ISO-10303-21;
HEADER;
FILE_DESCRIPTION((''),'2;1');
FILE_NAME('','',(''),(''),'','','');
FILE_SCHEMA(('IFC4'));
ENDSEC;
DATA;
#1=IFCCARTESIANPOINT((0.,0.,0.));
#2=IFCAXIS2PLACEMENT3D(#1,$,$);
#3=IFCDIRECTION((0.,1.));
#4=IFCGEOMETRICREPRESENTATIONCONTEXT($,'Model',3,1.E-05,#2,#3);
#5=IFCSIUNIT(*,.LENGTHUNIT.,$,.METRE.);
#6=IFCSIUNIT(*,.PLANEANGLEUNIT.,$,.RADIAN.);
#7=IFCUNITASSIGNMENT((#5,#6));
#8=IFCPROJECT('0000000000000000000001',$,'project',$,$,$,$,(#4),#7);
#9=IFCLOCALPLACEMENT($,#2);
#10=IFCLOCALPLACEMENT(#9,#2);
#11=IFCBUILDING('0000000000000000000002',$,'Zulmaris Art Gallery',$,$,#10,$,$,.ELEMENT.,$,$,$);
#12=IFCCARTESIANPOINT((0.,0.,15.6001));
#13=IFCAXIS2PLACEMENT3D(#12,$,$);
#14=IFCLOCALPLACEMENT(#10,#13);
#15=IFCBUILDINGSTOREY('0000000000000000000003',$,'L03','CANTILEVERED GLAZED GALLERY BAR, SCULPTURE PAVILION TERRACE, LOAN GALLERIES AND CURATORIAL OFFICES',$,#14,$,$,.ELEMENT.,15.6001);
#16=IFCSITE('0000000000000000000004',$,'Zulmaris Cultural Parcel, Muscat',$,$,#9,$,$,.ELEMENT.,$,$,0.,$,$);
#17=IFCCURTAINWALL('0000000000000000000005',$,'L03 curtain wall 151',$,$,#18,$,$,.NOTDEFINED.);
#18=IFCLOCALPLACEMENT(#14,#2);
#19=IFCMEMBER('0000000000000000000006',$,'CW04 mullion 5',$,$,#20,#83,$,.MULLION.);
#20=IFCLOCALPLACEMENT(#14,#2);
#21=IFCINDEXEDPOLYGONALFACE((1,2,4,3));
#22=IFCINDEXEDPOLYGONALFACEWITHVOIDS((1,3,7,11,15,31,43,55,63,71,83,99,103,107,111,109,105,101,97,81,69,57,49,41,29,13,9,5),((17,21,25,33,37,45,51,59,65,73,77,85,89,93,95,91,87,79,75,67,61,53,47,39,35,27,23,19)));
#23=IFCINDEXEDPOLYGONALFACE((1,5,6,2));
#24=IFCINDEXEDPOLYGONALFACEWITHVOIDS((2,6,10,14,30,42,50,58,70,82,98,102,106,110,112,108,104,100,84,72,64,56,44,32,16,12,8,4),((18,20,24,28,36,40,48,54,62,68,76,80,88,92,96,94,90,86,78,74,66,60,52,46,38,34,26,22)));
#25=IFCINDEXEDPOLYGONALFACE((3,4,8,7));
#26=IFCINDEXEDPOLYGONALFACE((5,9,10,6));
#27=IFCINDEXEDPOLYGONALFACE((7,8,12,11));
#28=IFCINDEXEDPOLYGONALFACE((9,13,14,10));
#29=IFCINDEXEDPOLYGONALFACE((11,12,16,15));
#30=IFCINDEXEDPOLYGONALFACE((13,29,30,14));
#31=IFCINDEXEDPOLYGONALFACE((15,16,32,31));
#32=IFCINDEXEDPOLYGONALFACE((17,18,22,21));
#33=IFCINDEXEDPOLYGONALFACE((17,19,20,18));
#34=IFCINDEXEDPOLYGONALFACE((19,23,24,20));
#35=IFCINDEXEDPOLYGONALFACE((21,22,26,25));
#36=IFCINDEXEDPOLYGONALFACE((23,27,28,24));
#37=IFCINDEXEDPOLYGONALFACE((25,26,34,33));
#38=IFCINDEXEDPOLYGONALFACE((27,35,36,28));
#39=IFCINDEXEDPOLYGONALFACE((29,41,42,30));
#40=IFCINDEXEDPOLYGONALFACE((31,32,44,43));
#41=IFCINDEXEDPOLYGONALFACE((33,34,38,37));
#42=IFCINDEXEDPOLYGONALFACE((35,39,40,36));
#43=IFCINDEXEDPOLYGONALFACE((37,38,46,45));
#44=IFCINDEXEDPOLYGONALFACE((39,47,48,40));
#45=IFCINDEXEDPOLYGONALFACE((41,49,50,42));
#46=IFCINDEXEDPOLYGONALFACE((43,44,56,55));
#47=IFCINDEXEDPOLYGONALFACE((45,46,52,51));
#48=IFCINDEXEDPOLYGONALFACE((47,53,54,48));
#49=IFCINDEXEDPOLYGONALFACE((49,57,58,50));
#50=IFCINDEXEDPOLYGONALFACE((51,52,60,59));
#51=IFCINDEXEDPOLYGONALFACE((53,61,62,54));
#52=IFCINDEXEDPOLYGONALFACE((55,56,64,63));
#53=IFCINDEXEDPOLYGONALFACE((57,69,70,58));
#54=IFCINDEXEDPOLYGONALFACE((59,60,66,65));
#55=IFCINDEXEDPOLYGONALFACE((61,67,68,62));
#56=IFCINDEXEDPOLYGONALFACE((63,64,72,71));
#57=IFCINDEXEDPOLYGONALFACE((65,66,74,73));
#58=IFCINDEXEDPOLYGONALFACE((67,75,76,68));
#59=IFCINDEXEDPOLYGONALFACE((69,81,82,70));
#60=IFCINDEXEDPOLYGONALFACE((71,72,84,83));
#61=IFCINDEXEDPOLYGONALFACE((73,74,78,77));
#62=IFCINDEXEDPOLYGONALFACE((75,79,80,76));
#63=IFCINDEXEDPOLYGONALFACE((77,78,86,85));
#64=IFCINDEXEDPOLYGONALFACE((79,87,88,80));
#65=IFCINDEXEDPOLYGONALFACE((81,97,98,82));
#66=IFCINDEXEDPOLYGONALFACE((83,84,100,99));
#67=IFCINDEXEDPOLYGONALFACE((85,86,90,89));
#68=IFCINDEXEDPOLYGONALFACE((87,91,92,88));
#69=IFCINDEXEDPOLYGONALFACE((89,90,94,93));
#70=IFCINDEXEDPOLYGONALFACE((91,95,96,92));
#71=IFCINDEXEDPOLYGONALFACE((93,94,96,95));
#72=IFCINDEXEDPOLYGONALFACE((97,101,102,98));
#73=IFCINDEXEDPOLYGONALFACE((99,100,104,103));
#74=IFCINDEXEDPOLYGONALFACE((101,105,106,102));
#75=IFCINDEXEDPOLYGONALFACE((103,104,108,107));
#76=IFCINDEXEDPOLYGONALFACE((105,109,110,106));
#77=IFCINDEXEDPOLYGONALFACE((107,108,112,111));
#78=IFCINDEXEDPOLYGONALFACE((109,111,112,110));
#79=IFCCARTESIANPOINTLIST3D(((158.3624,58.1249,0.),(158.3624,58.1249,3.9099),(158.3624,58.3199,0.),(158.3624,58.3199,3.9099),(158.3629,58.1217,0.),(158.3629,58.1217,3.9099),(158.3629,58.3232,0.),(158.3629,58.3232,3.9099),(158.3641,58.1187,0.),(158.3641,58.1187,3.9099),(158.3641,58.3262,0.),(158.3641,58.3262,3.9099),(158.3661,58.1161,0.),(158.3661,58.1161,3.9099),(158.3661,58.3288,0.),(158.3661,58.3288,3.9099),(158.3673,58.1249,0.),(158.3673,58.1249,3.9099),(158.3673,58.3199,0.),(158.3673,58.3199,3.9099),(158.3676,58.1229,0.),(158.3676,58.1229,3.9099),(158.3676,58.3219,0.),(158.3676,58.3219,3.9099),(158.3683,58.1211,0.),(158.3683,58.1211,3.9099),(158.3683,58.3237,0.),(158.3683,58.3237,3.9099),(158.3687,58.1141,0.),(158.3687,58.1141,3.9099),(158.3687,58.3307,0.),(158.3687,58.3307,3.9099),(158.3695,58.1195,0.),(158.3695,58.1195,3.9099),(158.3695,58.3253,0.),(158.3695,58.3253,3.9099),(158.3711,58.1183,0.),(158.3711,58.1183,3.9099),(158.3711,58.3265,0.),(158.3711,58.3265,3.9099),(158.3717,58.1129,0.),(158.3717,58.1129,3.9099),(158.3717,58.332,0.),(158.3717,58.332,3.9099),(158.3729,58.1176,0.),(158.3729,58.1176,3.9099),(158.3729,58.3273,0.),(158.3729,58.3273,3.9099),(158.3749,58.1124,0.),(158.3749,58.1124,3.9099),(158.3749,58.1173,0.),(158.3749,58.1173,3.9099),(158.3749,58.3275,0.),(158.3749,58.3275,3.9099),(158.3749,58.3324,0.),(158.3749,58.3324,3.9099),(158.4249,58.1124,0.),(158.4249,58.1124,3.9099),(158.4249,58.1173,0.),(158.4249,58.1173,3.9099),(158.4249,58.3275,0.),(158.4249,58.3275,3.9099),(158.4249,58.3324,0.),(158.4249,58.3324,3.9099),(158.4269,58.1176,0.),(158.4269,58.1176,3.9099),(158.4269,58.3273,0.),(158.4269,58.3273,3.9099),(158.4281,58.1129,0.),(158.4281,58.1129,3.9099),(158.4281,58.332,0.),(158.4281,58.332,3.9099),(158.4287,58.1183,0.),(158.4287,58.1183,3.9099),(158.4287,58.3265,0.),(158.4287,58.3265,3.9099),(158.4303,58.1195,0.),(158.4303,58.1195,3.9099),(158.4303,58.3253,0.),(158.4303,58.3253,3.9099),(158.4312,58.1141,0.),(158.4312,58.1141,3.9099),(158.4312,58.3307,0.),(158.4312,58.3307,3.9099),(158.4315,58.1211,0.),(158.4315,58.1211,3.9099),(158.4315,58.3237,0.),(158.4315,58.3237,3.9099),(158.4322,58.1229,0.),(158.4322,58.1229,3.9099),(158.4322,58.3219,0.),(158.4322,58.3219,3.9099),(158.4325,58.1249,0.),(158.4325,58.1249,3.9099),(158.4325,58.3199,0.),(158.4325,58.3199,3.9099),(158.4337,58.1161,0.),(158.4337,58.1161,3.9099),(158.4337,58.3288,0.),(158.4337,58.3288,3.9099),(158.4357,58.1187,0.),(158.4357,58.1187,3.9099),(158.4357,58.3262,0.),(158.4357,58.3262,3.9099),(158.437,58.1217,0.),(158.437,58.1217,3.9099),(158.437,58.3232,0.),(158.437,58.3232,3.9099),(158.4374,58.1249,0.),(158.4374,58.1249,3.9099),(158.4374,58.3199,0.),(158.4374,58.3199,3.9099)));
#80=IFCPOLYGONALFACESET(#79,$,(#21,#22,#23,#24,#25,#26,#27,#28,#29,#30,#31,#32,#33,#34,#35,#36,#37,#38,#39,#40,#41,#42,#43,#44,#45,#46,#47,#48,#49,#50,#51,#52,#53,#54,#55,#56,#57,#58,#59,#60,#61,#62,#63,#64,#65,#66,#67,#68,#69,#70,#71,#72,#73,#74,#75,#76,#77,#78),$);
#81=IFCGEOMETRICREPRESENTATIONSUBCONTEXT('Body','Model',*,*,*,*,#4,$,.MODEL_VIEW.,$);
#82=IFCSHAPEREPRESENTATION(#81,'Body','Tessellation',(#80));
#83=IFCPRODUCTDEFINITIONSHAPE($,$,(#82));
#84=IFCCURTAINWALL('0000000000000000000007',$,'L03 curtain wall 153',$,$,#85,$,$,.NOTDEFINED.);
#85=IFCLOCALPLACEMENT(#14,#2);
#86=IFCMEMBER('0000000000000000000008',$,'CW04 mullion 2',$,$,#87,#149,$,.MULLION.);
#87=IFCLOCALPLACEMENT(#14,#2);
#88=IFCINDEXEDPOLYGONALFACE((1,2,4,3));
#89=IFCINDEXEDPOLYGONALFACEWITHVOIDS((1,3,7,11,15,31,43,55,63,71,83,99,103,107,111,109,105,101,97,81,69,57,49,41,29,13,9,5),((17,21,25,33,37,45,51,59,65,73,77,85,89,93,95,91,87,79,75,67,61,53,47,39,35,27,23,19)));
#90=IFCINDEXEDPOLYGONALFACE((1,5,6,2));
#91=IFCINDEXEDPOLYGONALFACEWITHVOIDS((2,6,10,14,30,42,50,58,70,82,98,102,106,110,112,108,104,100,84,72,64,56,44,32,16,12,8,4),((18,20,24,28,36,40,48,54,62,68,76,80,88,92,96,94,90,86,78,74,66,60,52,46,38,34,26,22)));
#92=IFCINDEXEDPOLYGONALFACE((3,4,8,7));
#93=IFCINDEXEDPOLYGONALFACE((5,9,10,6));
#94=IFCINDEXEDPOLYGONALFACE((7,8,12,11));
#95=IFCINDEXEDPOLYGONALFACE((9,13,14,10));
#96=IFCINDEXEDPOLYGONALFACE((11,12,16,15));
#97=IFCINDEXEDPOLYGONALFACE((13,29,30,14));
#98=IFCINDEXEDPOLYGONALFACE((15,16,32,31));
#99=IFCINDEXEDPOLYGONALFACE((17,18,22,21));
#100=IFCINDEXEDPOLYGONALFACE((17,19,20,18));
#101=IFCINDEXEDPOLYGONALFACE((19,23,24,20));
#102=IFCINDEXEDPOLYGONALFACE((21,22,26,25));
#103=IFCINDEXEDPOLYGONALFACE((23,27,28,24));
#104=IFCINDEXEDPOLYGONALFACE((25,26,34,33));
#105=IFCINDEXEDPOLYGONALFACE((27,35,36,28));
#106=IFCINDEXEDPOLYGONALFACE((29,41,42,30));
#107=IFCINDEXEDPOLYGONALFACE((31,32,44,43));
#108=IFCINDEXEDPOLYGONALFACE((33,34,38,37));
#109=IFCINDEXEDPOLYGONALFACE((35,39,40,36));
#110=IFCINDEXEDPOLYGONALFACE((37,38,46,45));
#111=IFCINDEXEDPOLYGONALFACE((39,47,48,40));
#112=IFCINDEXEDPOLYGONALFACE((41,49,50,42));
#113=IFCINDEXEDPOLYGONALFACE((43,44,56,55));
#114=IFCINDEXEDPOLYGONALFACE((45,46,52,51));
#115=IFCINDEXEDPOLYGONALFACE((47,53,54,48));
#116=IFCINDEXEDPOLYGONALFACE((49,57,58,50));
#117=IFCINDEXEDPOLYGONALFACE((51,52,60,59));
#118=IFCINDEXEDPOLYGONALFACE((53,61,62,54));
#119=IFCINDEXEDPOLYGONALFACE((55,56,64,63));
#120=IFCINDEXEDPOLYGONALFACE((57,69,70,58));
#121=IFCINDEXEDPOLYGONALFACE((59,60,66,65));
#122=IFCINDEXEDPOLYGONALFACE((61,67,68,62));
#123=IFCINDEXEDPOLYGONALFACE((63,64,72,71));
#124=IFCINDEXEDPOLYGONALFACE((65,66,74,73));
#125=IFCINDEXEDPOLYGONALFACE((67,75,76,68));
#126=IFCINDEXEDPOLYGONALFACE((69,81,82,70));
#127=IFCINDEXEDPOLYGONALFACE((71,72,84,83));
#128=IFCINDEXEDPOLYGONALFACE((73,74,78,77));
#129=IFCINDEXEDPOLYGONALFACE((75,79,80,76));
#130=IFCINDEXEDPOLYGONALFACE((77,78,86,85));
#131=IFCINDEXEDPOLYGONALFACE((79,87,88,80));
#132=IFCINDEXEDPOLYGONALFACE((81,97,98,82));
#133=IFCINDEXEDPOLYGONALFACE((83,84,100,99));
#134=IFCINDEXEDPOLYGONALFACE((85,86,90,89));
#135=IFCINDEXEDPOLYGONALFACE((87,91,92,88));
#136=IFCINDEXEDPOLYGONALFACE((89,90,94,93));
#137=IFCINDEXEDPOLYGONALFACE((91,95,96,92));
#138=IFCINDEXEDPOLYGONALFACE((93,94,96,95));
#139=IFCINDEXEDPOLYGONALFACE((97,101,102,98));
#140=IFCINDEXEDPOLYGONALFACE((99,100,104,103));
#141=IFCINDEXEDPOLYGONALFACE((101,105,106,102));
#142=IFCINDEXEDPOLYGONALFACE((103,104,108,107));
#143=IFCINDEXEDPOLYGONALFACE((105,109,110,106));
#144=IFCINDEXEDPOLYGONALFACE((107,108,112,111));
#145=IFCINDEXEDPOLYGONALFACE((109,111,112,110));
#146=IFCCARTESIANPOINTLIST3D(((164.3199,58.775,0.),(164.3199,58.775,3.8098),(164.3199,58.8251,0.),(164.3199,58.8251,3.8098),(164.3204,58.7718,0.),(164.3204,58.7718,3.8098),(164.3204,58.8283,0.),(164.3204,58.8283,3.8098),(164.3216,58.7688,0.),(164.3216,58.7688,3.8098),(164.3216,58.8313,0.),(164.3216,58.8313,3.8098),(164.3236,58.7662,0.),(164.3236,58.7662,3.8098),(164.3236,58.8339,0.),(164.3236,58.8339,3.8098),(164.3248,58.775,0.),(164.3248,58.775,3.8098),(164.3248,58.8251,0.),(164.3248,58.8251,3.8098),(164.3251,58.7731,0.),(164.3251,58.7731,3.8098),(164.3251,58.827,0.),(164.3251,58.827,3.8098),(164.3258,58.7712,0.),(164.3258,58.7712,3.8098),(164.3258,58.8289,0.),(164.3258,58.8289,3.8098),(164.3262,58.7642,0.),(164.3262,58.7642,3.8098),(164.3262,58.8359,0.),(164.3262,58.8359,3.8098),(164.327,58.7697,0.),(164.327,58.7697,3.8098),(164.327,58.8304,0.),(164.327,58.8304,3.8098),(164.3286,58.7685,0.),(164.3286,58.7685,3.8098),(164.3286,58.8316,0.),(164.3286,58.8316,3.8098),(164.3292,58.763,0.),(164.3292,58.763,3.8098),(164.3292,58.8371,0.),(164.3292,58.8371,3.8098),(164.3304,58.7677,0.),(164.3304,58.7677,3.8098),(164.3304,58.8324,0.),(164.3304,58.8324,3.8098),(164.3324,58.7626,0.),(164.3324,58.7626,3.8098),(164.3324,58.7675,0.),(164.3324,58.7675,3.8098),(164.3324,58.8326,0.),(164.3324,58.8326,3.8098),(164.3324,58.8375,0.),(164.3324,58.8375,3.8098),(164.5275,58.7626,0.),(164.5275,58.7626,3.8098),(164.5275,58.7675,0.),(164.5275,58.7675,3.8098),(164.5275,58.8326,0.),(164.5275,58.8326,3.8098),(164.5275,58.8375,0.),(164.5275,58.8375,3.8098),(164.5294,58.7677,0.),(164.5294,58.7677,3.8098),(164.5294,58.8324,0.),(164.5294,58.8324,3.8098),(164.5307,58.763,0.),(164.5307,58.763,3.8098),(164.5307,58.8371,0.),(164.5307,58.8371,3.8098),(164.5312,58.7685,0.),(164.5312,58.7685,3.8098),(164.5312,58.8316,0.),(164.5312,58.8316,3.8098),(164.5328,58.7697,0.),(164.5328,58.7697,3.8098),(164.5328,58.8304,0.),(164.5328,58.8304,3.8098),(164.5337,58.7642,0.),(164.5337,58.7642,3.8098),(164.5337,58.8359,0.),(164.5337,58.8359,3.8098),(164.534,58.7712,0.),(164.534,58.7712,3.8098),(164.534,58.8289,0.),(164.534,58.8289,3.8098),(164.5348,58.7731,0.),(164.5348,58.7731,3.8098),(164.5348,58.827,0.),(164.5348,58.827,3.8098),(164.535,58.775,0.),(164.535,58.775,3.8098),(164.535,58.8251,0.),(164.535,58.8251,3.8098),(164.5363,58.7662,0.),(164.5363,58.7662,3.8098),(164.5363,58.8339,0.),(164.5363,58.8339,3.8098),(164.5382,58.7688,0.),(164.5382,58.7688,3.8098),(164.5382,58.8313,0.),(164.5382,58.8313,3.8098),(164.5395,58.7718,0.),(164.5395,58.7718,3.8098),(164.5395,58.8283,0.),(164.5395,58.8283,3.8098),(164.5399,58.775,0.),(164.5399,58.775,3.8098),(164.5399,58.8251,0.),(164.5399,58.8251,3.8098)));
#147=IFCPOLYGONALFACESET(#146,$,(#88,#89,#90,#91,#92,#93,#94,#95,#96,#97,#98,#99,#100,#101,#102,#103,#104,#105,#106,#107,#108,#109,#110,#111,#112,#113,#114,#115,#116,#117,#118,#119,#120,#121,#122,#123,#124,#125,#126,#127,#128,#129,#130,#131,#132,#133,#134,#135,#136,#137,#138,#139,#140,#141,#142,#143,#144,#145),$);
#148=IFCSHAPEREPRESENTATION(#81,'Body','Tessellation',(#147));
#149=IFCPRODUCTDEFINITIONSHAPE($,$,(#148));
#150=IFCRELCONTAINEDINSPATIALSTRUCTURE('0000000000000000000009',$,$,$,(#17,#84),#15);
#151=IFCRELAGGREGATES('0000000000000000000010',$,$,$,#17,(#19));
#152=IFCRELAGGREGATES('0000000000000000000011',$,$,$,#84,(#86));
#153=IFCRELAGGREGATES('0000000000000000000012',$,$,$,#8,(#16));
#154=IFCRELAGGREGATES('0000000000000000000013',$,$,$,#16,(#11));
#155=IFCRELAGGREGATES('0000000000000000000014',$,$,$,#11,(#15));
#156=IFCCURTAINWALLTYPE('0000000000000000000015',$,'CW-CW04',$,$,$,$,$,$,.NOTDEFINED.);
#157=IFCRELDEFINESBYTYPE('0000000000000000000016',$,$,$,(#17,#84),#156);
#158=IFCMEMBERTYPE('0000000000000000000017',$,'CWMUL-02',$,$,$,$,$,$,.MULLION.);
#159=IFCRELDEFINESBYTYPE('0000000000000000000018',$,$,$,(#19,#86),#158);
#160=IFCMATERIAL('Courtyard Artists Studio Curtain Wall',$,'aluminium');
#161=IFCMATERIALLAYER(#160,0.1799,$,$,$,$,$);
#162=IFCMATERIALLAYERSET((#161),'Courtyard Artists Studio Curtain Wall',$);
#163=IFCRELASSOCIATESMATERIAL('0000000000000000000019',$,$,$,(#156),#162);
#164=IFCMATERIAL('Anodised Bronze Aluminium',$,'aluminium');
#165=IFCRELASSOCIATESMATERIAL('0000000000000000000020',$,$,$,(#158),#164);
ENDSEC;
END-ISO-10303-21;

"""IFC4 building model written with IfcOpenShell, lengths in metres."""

from ifc_helpers import new_model, si_unit, direction, frame, origin, origin_2d, place, context, subcontext, project, spatial, hollow_rectangle, extrude, material, layer, layer_set, material_profile, profile_set, type_object, element, aggregate, save


model = new_model("IFC4")

# Units and contexts
model_context = context("Model", 3, precision=1e-05, world=origin(), true_north=direction((0.0, 1.0)))
body_context = subcontext(model_context, "Body", "Model", "MODEL_VIEW")
ifc_project = project(units=[si_unit("LENGTHUNIT", "METRE"), si_unit("PLANEANGLEUNIT", "RADIAN")], contexts=[model_context])

# Site, building, storey
site_placement = place(None, origin())
site = spatial("IfcSite", under=ifc_project, at=site_placement, Name="Zulmaris Cultural Parcel, Muscat", CompositionType="ELEMENT", RefElevation=0.0)
building_placement = place(site_placement, origin())
building = spatial("IfcBuilding", under=site, at=building_placement, Name="Zulmaris Art Gallery", CompositionType="ELEMENT")
storey_placement = place(building_placement, frame((0.0, 0.0, 15.6001)))
storey = spatial("IfcBuildingStorey", under=building, at=storey_placement, Name="L03", Description="CANTILEVERED GLAZED GALLERY BAR, SCULPTURE PAVILION TERRACE, LOAN GALLERIES AND CURATORIAL OFFICES", CompositionType="ELEMENT", Elevation=15.6001)

# Curtain walls, members
ifc_material_1 = material(Name="Courtyard Artists Studio Curtain Wall", Category="aluminium")
ifc_layer_1 = layer(ifc_material_1, 0.1799)
ifc_layer_set_1 = layer_set([ifc_layer_1], Name="Courtyard Artists Studio Curtain Wall")
curtain_wall_type = type_object("IfcCurtainWallType", Name="CW-CW04", PredefinedType="NOTDEFINED", material=ifc_layer_set_1)
curtain_wall_1_placement = place(storey_placement, origin())
curtain_wall_1 = element("IfcCurtainWall", 1, at=curtain_wall_1_placement, inside=storey, type_object=curtain_wall_type, Name="L03 curtain wall 151", PredefinedType="NOTDEFINED")
ifc_material_2 = material(Name="Anodised Bronze Aluminium", Category="aluminium")
ifc_material_profile_1 = material_profile(ifc_material_2, hollow_rectangle(XDim=0.075, YDim=0.22, WallThickness=0.0049, InnerFilletRadius=0.0076, OuterFilletRadius=0.0125, at=origin_2d()), Name="ALU 75x220x5")
ifc_profile_set_1 = profile_set([ifc_material_profile_1], Name="Anodised Bronze Aluminium")
member_type_1 = type_object("IfcMemberType", Name="CWMUL-02", PredefinedType="MULLION", material=ifc_profile_set_1)
member_1_placement = place(storey_placement, frame((158.3999, 58.2224, 0.0), z_axis=(0.0, 0.0, 1.0), x_axis=(-1.0, 0.0, 0.0)))
member_1 = element("IfcMember", 2, at=member_1_placement, type_object=member_type_1, Name="CW04 mullion 5", PredefinedType="MULLION", context=body_context, shape_type="SweptSolid", body=[
    extrude(hollow_rectangle(XDim=0.075, YDim=0.22, WallThickness=0.0049, InnerFilletRadius=0.0076, OuterFilletRadius=0.0125, at=origin_2d()), origin(), (0.0, 0.0, 1.0), 3.9099),
])
curtain_wall_2_placement = place(storey_placement, origin())
curtain_wall_2 = element("IfcCurtainWall", 3, at=curtain_wall_2_placement, inside=storey, type_object=curtain_wall_type, Name="L03 curtain wall 153", PredefinedType="NOTDEFINED")
member_2_placement = place(storey_placement, frame((164.4299, 58.8, 0.0), z_axis=(0.0, 0.0, 1.0), x_axis=(0.0, -1.0, 0.0)))
member_2 = element("IfcMember", 4, at=member_2_placement, type_object=member_type_1, Name="CW04 mullion 2", PredefinedType="MULLION", context=body_context, shape_type="SweptSolid", body=[
    extrude(hollow_rectangle(XDim=0.075, YDim=0.22, WallThickness=0.0049, InnerFilletRadius=0.0076, OuterFilletRadius=0.0125, at=origin_2d()), origin(), (0.0, 0.0, 1.0), 3.8098),
])

aggregate(curtain_wall_1, [member_1])
aggregate(curtain_wall_2, [member_2])

save(model, "model.ifc")
